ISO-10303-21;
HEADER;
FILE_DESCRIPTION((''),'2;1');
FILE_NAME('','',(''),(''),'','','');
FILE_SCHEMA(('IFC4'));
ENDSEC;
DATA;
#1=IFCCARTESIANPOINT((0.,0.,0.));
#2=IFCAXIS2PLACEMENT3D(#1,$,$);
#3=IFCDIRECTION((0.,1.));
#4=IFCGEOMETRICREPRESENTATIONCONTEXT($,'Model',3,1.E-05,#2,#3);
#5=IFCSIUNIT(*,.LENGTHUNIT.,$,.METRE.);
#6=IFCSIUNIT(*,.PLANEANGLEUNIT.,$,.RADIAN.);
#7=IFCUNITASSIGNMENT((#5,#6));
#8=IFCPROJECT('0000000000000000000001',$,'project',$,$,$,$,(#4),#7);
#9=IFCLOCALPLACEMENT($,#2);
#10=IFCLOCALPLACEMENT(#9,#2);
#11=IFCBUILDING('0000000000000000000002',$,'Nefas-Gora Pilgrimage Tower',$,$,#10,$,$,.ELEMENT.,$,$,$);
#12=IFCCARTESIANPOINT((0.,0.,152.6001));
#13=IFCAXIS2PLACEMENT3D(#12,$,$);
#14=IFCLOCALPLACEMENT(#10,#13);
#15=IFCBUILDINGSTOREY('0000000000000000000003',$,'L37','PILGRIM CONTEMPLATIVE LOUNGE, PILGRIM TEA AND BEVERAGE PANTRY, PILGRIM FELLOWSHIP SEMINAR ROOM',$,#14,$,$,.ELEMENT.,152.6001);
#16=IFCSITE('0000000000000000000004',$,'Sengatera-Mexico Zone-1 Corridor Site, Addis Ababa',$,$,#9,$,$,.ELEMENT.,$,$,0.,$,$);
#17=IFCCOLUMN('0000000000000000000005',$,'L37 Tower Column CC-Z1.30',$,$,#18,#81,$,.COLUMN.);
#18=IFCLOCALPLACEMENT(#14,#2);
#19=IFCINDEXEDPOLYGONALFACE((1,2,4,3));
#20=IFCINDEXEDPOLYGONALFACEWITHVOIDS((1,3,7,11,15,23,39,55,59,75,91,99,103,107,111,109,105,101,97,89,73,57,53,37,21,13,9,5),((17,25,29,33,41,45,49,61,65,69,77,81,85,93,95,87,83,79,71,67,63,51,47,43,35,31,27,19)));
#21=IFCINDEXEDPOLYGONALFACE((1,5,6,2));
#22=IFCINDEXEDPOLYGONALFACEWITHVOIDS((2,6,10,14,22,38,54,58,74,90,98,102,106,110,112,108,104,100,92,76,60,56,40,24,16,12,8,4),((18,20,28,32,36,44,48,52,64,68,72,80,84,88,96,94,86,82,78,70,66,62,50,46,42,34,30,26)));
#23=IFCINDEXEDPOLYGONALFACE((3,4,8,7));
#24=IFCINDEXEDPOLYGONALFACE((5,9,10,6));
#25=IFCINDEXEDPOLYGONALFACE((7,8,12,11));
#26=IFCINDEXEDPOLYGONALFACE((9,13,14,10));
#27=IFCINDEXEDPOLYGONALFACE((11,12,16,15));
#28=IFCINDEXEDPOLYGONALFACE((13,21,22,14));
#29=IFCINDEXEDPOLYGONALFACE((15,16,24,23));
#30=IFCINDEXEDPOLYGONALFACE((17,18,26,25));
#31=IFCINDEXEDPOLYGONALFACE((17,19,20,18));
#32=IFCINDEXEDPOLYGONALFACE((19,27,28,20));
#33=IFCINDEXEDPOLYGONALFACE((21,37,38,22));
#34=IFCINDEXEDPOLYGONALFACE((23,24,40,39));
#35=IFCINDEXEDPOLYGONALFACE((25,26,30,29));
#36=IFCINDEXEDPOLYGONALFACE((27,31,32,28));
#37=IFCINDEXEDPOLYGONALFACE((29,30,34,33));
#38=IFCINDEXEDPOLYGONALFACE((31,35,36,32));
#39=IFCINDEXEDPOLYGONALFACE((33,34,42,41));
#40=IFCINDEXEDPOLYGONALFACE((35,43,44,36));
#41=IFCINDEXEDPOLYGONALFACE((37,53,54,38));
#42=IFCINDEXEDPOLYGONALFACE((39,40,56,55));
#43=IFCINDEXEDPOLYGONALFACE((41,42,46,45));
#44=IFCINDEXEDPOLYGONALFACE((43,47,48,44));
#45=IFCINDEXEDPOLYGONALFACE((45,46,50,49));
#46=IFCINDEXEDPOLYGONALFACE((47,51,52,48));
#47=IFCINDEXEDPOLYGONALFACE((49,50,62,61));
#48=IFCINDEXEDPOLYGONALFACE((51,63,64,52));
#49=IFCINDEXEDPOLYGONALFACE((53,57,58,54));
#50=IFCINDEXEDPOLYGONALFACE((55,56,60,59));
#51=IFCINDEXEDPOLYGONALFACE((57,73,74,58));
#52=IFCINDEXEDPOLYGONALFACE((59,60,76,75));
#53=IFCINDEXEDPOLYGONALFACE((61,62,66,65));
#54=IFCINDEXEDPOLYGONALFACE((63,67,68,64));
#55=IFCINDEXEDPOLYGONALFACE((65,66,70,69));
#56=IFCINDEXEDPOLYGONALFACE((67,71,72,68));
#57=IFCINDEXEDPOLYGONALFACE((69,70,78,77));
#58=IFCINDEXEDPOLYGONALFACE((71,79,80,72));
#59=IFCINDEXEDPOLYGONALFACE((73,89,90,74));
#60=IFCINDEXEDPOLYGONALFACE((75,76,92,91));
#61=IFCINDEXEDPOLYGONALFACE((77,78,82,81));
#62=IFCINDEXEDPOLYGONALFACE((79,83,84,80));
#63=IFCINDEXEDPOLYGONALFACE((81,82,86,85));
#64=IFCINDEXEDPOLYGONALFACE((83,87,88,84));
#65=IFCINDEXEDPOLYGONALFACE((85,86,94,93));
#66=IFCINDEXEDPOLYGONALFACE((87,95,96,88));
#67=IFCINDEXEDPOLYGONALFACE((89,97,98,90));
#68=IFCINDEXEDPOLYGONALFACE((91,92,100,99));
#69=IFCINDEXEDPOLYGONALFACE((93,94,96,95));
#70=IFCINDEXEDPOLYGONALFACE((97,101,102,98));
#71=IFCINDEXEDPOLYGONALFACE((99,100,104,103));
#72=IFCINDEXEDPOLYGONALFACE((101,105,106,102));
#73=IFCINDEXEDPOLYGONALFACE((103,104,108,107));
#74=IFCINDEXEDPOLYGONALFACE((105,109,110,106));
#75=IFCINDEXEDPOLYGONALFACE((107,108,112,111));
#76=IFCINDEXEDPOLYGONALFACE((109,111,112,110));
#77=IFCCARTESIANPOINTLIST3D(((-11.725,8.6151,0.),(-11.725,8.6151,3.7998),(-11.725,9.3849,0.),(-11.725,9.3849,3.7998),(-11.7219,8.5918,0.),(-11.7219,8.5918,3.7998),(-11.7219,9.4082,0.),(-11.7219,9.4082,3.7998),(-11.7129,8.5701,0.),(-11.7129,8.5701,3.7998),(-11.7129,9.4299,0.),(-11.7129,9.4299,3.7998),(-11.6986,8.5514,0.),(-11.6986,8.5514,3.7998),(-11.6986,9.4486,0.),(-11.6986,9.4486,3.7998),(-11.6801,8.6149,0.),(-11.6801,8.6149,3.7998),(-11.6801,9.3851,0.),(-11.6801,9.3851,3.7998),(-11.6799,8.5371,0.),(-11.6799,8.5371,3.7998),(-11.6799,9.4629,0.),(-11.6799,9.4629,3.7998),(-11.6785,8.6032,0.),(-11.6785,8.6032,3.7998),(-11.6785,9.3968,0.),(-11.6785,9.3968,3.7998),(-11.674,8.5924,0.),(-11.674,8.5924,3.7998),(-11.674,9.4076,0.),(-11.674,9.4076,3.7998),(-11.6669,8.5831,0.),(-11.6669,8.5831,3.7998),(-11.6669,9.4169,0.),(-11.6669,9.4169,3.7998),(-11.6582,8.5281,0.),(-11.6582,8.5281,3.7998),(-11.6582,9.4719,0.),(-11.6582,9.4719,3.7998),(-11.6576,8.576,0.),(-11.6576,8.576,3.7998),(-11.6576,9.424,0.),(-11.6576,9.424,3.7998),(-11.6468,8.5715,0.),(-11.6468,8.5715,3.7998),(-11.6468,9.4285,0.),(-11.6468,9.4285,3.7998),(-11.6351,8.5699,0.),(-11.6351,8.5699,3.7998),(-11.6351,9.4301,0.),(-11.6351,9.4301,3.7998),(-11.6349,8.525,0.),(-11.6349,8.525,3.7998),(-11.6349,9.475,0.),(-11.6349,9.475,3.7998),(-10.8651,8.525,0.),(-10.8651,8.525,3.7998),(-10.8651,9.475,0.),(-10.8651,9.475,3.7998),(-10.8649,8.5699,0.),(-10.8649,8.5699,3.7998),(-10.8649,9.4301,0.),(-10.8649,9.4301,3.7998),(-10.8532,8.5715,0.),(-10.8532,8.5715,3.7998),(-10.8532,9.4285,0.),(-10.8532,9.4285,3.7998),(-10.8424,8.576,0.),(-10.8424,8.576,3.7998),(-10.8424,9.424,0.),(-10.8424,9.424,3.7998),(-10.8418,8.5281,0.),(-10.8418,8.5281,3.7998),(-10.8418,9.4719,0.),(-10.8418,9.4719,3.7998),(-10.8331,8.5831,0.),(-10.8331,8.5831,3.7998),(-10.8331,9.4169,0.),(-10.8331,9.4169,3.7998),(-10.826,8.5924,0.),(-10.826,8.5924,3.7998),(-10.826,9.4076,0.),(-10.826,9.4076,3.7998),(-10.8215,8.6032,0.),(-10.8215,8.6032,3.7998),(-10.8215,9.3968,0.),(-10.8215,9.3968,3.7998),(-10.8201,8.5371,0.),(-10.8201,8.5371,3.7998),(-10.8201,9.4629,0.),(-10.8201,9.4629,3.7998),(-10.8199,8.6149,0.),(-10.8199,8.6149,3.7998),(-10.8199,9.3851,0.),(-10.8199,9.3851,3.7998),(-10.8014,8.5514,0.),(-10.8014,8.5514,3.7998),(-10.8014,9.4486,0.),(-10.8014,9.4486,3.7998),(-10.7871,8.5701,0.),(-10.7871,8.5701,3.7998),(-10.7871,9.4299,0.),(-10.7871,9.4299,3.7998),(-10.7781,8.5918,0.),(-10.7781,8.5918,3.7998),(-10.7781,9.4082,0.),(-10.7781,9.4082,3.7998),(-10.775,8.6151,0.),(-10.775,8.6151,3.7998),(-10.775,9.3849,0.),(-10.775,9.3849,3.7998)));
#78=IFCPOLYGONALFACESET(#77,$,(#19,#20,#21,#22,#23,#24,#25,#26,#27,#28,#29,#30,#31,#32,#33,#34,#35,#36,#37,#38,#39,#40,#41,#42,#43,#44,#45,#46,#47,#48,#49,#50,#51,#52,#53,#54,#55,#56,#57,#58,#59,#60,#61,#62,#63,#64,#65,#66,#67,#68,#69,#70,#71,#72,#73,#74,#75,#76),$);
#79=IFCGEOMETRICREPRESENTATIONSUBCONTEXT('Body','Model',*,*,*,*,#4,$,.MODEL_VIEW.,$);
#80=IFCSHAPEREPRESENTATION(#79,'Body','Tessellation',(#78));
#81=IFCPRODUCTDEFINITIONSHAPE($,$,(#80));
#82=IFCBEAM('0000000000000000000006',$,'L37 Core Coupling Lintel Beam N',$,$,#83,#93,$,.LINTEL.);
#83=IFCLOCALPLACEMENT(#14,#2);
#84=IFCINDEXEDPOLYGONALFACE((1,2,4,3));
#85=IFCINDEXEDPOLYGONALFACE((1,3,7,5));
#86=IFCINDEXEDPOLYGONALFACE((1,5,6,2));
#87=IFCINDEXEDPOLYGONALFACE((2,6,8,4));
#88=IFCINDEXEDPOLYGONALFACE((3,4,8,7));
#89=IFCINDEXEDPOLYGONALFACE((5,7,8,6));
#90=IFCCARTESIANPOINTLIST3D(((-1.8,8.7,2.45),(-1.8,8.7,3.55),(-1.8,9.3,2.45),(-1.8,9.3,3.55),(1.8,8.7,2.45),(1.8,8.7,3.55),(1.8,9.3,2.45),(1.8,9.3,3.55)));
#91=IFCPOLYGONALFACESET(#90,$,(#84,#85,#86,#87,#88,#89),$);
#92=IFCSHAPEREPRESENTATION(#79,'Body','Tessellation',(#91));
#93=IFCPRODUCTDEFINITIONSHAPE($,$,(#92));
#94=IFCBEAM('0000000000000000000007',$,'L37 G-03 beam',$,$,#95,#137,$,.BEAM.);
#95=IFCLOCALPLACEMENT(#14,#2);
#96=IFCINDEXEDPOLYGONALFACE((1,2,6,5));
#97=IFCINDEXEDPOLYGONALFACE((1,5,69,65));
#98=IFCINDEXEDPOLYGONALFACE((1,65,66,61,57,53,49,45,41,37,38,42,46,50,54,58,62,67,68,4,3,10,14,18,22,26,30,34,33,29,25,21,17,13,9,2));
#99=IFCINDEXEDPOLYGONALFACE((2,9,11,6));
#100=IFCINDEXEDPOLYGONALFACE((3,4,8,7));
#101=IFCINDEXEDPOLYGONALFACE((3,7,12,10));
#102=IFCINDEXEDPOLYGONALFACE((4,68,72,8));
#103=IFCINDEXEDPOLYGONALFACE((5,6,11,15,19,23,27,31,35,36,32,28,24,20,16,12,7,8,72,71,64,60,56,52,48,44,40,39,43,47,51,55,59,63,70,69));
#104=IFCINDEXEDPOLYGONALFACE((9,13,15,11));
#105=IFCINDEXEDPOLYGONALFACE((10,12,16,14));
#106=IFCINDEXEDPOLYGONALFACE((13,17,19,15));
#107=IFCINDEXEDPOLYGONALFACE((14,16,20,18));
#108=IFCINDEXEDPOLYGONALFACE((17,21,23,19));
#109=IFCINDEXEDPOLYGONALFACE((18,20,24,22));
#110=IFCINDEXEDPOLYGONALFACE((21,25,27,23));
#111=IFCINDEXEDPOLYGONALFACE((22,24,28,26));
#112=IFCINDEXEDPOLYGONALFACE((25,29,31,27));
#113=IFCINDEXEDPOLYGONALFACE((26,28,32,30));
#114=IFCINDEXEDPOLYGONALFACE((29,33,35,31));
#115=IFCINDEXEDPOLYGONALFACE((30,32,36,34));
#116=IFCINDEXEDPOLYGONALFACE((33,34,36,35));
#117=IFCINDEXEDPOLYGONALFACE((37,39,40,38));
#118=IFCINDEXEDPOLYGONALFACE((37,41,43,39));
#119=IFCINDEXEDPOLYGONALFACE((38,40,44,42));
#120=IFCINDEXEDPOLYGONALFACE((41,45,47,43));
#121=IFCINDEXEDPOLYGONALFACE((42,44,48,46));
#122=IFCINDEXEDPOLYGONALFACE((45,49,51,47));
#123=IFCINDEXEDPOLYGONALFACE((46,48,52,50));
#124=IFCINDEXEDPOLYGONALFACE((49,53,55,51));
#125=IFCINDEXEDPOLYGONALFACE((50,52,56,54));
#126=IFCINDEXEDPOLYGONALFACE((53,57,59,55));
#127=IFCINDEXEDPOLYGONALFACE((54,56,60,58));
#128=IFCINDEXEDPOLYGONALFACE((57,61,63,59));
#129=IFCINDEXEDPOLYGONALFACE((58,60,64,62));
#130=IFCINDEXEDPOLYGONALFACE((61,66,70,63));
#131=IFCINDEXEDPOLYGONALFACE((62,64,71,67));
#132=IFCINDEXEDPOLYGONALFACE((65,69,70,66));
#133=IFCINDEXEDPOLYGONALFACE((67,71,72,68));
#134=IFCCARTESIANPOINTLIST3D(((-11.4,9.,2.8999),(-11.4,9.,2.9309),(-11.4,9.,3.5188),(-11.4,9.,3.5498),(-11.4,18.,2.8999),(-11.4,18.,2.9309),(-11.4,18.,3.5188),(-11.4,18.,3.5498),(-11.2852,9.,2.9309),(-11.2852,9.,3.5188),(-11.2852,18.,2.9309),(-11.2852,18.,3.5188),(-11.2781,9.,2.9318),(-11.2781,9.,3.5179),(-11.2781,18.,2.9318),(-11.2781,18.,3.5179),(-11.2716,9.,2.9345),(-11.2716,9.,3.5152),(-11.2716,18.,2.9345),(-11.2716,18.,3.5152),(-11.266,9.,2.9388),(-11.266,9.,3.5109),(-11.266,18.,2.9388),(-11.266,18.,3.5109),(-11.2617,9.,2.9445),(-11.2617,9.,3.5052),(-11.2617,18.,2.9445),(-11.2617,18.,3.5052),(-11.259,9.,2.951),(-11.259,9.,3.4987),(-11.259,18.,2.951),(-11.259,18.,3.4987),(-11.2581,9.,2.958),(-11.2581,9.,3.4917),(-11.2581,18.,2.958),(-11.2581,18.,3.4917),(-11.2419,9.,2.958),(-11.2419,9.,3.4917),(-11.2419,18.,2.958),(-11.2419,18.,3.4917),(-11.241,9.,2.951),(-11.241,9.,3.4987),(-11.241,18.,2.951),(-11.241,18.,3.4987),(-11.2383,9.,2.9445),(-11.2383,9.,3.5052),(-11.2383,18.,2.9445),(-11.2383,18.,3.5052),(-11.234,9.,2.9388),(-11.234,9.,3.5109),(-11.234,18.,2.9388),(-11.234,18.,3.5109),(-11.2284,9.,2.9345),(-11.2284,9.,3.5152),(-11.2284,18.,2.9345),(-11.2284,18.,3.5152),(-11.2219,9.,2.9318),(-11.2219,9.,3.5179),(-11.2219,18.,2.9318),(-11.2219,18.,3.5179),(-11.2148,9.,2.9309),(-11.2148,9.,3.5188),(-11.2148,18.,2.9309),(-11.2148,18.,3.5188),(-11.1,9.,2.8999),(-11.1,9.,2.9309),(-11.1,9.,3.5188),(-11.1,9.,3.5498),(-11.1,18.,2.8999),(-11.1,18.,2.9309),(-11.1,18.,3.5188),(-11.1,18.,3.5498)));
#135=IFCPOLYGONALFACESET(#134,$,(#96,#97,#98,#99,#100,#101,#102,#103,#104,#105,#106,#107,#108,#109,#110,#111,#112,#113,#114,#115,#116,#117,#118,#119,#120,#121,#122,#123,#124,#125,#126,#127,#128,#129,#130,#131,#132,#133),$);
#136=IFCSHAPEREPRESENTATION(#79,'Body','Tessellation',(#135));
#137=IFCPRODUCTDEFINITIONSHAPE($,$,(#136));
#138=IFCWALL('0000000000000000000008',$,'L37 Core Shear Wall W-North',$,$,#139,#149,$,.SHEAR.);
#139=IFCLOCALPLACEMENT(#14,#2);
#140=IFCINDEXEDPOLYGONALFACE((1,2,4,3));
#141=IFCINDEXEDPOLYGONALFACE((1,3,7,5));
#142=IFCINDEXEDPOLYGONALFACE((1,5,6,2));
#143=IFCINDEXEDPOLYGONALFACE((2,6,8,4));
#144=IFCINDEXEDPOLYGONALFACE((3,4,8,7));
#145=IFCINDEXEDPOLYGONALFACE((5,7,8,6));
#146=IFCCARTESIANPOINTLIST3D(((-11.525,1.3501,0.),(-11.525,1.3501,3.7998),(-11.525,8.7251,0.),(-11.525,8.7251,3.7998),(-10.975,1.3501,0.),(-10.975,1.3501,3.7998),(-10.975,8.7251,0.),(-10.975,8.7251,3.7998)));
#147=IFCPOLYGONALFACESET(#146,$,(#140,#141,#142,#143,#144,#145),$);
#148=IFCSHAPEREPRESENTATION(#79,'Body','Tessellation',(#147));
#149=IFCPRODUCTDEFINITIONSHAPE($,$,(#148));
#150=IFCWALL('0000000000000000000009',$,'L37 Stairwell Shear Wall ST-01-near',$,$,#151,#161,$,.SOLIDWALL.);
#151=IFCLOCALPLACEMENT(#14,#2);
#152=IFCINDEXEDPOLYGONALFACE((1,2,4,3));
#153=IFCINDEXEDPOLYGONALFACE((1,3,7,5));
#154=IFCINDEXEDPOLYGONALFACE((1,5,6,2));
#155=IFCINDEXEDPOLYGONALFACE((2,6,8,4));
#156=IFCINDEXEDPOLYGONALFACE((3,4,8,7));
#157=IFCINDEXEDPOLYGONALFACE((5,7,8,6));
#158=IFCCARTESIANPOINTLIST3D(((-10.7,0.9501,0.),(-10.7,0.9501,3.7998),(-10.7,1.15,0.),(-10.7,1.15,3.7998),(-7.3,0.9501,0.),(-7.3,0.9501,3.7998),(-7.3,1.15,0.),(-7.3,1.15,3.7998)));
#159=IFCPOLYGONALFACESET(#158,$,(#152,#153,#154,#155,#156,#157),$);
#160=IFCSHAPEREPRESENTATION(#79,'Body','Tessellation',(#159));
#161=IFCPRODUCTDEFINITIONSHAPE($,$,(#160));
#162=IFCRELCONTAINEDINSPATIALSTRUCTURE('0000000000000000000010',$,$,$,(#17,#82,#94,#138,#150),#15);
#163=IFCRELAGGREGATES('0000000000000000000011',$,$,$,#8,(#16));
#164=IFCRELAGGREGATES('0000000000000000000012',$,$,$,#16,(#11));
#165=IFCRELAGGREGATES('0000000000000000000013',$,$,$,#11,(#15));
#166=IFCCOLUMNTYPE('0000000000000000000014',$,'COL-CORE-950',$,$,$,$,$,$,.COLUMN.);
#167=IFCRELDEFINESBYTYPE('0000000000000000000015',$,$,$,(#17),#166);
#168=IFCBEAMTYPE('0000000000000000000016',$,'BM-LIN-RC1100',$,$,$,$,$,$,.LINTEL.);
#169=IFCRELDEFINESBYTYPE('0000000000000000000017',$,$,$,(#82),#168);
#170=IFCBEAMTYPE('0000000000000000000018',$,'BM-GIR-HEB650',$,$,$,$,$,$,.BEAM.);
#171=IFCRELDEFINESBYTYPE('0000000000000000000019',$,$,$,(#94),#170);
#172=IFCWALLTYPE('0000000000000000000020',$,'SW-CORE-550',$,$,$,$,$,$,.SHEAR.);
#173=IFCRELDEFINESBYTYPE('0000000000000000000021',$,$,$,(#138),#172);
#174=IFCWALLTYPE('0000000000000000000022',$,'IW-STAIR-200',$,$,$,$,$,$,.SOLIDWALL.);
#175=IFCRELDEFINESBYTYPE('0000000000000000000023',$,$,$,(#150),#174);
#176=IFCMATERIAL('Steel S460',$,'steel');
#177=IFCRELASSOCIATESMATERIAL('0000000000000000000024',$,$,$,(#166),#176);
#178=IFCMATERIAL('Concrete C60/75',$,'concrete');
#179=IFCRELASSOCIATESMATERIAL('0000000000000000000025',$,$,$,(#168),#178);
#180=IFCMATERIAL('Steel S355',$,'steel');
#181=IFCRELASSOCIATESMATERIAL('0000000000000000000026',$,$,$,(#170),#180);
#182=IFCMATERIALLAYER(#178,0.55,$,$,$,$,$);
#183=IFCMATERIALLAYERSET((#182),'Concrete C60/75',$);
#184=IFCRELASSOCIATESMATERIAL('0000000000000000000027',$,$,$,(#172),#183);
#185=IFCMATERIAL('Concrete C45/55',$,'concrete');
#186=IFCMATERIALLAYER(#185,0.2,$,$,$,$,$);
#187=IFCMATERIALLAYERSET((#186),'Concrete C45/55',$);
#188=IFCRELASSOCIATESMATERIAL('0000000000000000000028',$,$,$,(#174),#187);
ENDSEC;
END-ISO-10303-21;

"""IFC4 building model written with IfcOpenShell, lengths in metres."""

from ifc_helpers import new_model, si_unit, direction, frame, frame_2d, origin, origin_2d, place, context, subcontext, project, spatial, rectangle, hollow_rectangle, i_section, extrude, source, transform, mapped, material, layer, layer_set, material_profile, profile_set, type_object, element, save


model = new_model("IFC4")

# Units and contexts
model_context = context("Model", 3, precision=1e-05, world=origin(), true_north=direction((0.0, 1.0)))
body_context = subcontext(model_context, "Body", "Model", "MODEL_VIEW")
ifc_project = project(units=[si_unit("LENGTHUNIT", "METRE"), si_unit("PLANEANGLEUNIT", "RADIAN")], contexts=[model_context])

# Site, building, storey
site_placement = place(None, origin())
site = spatial("IfcSite", under=ifc_project, at=site_placement, Name="Sengatera-Mexico Zone-1 Corridor Site, Addis Ababa", CompositionType="ELEMENT", RefElevation=0.0)
building_placement = place(site_placement, origin())
building = spatial("IfcBuilding", under=site, at=building_placement, Name="Nefas-Gora Pilgrimage Tower", CompositionType="ELEMENT")
storey_placement = place(building_placement, frame((0.0, 0.0, 152.6001)))
storey = spatial("IfcBuildingStorey", under=building, at=storey_placement, Name="L37", Description="PILGRIM CONTEMPLATIVE LOUNGE, PILGRIM TEA AND BEVERAGE PANTRY, PILGRIM FELLOWSHIP SEMINAR ROOM", CompositionType="ELEMENT", Elevation=152.6001)

# Column
ifc_material_1 = material(Name="Steel S460", Category="steel")
ifc_material_profile_1 = material_profile(ifc_material_1, hollow_rectangle(XDim=0.95, YDim=0.95, WallThickness=0.0449, InnerFilletRadius=0.0449, OuterFilletRadius=0.0901, at=origin_2d()), Name="BOX 950x950x45")
ifc_profile_set_1 = profile_set([ifc_material_profile_1], Name="Steel S460")
column_type = type_object("IfcColumnType", Name="COL-CORE-950", PredefinedType="COLUMN", material=ifc_profile_set_1)
shared_shape_1 = source(origin(), body_context, "Body", "SweptSolid", [
    extrude(hollow_rectangle(XDim=0.95, YDim=0.95, WallThickness=0.0449, InnerFilletRadius=0.0449, OuterFilletRadius=0.0901, at=origin_2d()), origin(), (0.0, 0.0, 1.0), 3.7998),
])
column_placement = place(storey_placement, frame((-11.25, 9.0, 0.0), z_axis=(0.0, 0.0, 1.0), x_axis=(1.0, 0.0, 0.0)))
element("IfcColumn", 1, at=column_placement, inside=storey, type_object=column_type, Name="L37 Tower Column CC-Z1.30", PredefinedType="COLUMN", context=body_context, shape_type="MappedRepresentation", body=[
    mapped(shared_shape_1, transform((0.0, 0.0, 0.0), x_axis=(1.0, 0.0, 0.0), y_axis=(0.0, 1.0, 0.0), z_axis=(0.0, 0.0, 1.0), scale=1.0)),
])

# Beams
ifc_material_2 = material(Name="Concrete C60/75", Category="concrete")
ifc_material_profile_2 = material_profile(ifc_material_2, rectangle(XDim=0.6001, YDim=1.1001, at=origin_2d()), Name="RC 600x1100")
ifc_profile_set_2 = profile_set([ifc_material_profile_2], Name="Concrete C60/75")
beam_type_1 = type_object("IfcBeamType", Name="BM-LIN-RC1100", PredefinedType="LINTEL", material=ifc_profile_set_2)
shared_shape_2 = source(origin(), body_context, "Body", "SweptSolid", [
    extrude(rectangle(XDim=0.6001, YDim=1.1001, at=origin_2d()), origin(), (0.0, 0.0, 1.0), 3.6001),
])
beam_1_placement = place(storey_placement, frame((-1.8, 9.0, 3.0), z_axis=(1.0, 0.0, 0.0), x_axis=(0.0, 1.0, 0.0)))
element("IfcBeam", 2, at=beam_1_placement, inside=storey, type_object=beam_type_1, Name="L37 Core Coupling Lintel Beam N", PredefinedType="LINTEL", context=body_context, shape_type="MappedRepresentation", body=[
    mapped(shared_shape_2, transform((0.0, 0.0, 0.0), x_axis=(1.0, 0.0, 0.0), y_axis=(0.0, 1.0, 0.0), z_axis=(0.0, 0.0, 1.0), scale=1.0)),
])
ifc_material_3 = material(Name="Steel S355", Category="steel")
ifc_material_profile_3 = material_profile(ifc_material_3, i_section(OverallWidth=0.3, OverallDepth=0.6499, WebThickness=0.0161, FlangeThickness=0.031, FilletRadius=0.0271, at=origin_2d()), Name="HEB 650")
ifc_profile_set_3 = profile_set([ifc_material_profile_3], Name="Steel S355")
beam_type_2 = type_object("IfcBeamType", Name="BM-GIR-HEB650", PredefinedType="BEAM", material=ifc_profile_set_3)
shared_shape_3 = source(origin(), body_context, "Body", "SweptSolid", [
    extrude(i_section(OverallWidth=0.3, OverallDepth=0.6499, WebThickness=0.0161, FlangeThickness=0.031, FilletRadius=0.0271, at=origin_2d()), origin(), (0.0, 0.0, 1.0), 9.0),
])
beam_2_placement = place(storey_placement, frame((-11.25, 9.0, 3.2249), z_axis=(0.0, 1.0, 0.0), x_axis=(-1.0, 0.0, 0.0)))
element("IfcBeam", 3, at=beam_2_placement, inside=storey, type_object=beam_type_2, Name="L37 G-03 beam", PredefinedType="BEAM", context=body_context, shape_type="MappedRepresentation", body=[
    mapped(shared_shape_3, transform((0.0, 0.0, 0.0), x_axis=(1.0, 0.0, 0.0), y_axis=(0.0, 1.0, 0.0), z_axis=(0.0, 0.0, 1.0), scale=1.0)),
])

# Walls
ifc_layer_1 = layer(ifc_material_2, 0.55)
ifc_layer_set_1 = layer_set([ifc_layer_1], Name="Concrete C60/75")
wall_type_1 = type_object("IfcWallType", Name="SW-CORE-550", PredefinedType="SHEAR", material=ifc_layer_set_1)
shared_shape_4 = source(origin(), body_context, "Body", "SweptSolid", [
    extrude(rectangle(XDim=7.375, YDim=0.55, at=frame_2d((3.6875, 0.0))), origin(), (0.0, 0.0, 1.0), 3.7998),
])
wall_1_placement = place(storey_placement, frame((-11.25, 1.3501, 0.0), z_axis=(0.0, 0.0, 1.0), x_axis=(0.0, 1.0, 0.0)))
element("IfcWall", 4, at=wall_1_placement, inside=storey, type_object=wall_type_1, Name="L37 Core Shear Wall W-North", PredefinedType="SHEAR", context=body_context, shape_type="MappedRepresentation", body=[
    mapped(shared_shape_4, transform((0.0, 0.0, 0.0), x_axis=(1.0, 0.0, 0.0), y_axis=(0.0, 1.0, 0.0), z_axis=(0.0, 0.0, 1.0), scale=1.0)),
])
ifc_material_4 = material(Name="Concrete C45/55", Category="concrete")
ifc_layer_2 = layer(ifc_material_4, 0.2)
ifc_layer_set_2 = layer_set([ifc_layer_2], Name="Concrete C45/55")
wall_type_2 = type_object("IfcWallType", Name="IW-STAIR-200", PredefinedType="SOLIDWALL", material=ifc_layer_set_2)
shared_shape_5 = source(origin(), body_context, "Body", "SweptSolid", [
    extrude(rectangle(XDim=3.3999, YDim=0.2, at=frame_2d((1.7, 0.0))), origin(), (0.0, 0.0, 1.0), 3.7998),
])
wall_2_placement = place(storey_placement, frame((-7.3, 1.05, 0.0), z_axis=(0.0, 0.0, 1.0), x_axis=(-1.0, 0.0, 0.0)))
element("IfcWall", 5, at=wall_2_placement, inside=storey, type_object=wall_type_2, Name="L37 Stairwell Shear Wall ST-01-near", PredefinedType="SOLIDWALL", context=body_context, shape_type="MappedRepresentation", body=[
    mapped(shared_shape_5, transform((0.0, 0.0, 0.0), x_axis=(1.0, 0.0, 0.0), y_axis=(0.0, 1.0, 0.0), z_axis=(0.0, 0.0, 1.0), scale=1.0)),
])

save(model, "model.ifc")
